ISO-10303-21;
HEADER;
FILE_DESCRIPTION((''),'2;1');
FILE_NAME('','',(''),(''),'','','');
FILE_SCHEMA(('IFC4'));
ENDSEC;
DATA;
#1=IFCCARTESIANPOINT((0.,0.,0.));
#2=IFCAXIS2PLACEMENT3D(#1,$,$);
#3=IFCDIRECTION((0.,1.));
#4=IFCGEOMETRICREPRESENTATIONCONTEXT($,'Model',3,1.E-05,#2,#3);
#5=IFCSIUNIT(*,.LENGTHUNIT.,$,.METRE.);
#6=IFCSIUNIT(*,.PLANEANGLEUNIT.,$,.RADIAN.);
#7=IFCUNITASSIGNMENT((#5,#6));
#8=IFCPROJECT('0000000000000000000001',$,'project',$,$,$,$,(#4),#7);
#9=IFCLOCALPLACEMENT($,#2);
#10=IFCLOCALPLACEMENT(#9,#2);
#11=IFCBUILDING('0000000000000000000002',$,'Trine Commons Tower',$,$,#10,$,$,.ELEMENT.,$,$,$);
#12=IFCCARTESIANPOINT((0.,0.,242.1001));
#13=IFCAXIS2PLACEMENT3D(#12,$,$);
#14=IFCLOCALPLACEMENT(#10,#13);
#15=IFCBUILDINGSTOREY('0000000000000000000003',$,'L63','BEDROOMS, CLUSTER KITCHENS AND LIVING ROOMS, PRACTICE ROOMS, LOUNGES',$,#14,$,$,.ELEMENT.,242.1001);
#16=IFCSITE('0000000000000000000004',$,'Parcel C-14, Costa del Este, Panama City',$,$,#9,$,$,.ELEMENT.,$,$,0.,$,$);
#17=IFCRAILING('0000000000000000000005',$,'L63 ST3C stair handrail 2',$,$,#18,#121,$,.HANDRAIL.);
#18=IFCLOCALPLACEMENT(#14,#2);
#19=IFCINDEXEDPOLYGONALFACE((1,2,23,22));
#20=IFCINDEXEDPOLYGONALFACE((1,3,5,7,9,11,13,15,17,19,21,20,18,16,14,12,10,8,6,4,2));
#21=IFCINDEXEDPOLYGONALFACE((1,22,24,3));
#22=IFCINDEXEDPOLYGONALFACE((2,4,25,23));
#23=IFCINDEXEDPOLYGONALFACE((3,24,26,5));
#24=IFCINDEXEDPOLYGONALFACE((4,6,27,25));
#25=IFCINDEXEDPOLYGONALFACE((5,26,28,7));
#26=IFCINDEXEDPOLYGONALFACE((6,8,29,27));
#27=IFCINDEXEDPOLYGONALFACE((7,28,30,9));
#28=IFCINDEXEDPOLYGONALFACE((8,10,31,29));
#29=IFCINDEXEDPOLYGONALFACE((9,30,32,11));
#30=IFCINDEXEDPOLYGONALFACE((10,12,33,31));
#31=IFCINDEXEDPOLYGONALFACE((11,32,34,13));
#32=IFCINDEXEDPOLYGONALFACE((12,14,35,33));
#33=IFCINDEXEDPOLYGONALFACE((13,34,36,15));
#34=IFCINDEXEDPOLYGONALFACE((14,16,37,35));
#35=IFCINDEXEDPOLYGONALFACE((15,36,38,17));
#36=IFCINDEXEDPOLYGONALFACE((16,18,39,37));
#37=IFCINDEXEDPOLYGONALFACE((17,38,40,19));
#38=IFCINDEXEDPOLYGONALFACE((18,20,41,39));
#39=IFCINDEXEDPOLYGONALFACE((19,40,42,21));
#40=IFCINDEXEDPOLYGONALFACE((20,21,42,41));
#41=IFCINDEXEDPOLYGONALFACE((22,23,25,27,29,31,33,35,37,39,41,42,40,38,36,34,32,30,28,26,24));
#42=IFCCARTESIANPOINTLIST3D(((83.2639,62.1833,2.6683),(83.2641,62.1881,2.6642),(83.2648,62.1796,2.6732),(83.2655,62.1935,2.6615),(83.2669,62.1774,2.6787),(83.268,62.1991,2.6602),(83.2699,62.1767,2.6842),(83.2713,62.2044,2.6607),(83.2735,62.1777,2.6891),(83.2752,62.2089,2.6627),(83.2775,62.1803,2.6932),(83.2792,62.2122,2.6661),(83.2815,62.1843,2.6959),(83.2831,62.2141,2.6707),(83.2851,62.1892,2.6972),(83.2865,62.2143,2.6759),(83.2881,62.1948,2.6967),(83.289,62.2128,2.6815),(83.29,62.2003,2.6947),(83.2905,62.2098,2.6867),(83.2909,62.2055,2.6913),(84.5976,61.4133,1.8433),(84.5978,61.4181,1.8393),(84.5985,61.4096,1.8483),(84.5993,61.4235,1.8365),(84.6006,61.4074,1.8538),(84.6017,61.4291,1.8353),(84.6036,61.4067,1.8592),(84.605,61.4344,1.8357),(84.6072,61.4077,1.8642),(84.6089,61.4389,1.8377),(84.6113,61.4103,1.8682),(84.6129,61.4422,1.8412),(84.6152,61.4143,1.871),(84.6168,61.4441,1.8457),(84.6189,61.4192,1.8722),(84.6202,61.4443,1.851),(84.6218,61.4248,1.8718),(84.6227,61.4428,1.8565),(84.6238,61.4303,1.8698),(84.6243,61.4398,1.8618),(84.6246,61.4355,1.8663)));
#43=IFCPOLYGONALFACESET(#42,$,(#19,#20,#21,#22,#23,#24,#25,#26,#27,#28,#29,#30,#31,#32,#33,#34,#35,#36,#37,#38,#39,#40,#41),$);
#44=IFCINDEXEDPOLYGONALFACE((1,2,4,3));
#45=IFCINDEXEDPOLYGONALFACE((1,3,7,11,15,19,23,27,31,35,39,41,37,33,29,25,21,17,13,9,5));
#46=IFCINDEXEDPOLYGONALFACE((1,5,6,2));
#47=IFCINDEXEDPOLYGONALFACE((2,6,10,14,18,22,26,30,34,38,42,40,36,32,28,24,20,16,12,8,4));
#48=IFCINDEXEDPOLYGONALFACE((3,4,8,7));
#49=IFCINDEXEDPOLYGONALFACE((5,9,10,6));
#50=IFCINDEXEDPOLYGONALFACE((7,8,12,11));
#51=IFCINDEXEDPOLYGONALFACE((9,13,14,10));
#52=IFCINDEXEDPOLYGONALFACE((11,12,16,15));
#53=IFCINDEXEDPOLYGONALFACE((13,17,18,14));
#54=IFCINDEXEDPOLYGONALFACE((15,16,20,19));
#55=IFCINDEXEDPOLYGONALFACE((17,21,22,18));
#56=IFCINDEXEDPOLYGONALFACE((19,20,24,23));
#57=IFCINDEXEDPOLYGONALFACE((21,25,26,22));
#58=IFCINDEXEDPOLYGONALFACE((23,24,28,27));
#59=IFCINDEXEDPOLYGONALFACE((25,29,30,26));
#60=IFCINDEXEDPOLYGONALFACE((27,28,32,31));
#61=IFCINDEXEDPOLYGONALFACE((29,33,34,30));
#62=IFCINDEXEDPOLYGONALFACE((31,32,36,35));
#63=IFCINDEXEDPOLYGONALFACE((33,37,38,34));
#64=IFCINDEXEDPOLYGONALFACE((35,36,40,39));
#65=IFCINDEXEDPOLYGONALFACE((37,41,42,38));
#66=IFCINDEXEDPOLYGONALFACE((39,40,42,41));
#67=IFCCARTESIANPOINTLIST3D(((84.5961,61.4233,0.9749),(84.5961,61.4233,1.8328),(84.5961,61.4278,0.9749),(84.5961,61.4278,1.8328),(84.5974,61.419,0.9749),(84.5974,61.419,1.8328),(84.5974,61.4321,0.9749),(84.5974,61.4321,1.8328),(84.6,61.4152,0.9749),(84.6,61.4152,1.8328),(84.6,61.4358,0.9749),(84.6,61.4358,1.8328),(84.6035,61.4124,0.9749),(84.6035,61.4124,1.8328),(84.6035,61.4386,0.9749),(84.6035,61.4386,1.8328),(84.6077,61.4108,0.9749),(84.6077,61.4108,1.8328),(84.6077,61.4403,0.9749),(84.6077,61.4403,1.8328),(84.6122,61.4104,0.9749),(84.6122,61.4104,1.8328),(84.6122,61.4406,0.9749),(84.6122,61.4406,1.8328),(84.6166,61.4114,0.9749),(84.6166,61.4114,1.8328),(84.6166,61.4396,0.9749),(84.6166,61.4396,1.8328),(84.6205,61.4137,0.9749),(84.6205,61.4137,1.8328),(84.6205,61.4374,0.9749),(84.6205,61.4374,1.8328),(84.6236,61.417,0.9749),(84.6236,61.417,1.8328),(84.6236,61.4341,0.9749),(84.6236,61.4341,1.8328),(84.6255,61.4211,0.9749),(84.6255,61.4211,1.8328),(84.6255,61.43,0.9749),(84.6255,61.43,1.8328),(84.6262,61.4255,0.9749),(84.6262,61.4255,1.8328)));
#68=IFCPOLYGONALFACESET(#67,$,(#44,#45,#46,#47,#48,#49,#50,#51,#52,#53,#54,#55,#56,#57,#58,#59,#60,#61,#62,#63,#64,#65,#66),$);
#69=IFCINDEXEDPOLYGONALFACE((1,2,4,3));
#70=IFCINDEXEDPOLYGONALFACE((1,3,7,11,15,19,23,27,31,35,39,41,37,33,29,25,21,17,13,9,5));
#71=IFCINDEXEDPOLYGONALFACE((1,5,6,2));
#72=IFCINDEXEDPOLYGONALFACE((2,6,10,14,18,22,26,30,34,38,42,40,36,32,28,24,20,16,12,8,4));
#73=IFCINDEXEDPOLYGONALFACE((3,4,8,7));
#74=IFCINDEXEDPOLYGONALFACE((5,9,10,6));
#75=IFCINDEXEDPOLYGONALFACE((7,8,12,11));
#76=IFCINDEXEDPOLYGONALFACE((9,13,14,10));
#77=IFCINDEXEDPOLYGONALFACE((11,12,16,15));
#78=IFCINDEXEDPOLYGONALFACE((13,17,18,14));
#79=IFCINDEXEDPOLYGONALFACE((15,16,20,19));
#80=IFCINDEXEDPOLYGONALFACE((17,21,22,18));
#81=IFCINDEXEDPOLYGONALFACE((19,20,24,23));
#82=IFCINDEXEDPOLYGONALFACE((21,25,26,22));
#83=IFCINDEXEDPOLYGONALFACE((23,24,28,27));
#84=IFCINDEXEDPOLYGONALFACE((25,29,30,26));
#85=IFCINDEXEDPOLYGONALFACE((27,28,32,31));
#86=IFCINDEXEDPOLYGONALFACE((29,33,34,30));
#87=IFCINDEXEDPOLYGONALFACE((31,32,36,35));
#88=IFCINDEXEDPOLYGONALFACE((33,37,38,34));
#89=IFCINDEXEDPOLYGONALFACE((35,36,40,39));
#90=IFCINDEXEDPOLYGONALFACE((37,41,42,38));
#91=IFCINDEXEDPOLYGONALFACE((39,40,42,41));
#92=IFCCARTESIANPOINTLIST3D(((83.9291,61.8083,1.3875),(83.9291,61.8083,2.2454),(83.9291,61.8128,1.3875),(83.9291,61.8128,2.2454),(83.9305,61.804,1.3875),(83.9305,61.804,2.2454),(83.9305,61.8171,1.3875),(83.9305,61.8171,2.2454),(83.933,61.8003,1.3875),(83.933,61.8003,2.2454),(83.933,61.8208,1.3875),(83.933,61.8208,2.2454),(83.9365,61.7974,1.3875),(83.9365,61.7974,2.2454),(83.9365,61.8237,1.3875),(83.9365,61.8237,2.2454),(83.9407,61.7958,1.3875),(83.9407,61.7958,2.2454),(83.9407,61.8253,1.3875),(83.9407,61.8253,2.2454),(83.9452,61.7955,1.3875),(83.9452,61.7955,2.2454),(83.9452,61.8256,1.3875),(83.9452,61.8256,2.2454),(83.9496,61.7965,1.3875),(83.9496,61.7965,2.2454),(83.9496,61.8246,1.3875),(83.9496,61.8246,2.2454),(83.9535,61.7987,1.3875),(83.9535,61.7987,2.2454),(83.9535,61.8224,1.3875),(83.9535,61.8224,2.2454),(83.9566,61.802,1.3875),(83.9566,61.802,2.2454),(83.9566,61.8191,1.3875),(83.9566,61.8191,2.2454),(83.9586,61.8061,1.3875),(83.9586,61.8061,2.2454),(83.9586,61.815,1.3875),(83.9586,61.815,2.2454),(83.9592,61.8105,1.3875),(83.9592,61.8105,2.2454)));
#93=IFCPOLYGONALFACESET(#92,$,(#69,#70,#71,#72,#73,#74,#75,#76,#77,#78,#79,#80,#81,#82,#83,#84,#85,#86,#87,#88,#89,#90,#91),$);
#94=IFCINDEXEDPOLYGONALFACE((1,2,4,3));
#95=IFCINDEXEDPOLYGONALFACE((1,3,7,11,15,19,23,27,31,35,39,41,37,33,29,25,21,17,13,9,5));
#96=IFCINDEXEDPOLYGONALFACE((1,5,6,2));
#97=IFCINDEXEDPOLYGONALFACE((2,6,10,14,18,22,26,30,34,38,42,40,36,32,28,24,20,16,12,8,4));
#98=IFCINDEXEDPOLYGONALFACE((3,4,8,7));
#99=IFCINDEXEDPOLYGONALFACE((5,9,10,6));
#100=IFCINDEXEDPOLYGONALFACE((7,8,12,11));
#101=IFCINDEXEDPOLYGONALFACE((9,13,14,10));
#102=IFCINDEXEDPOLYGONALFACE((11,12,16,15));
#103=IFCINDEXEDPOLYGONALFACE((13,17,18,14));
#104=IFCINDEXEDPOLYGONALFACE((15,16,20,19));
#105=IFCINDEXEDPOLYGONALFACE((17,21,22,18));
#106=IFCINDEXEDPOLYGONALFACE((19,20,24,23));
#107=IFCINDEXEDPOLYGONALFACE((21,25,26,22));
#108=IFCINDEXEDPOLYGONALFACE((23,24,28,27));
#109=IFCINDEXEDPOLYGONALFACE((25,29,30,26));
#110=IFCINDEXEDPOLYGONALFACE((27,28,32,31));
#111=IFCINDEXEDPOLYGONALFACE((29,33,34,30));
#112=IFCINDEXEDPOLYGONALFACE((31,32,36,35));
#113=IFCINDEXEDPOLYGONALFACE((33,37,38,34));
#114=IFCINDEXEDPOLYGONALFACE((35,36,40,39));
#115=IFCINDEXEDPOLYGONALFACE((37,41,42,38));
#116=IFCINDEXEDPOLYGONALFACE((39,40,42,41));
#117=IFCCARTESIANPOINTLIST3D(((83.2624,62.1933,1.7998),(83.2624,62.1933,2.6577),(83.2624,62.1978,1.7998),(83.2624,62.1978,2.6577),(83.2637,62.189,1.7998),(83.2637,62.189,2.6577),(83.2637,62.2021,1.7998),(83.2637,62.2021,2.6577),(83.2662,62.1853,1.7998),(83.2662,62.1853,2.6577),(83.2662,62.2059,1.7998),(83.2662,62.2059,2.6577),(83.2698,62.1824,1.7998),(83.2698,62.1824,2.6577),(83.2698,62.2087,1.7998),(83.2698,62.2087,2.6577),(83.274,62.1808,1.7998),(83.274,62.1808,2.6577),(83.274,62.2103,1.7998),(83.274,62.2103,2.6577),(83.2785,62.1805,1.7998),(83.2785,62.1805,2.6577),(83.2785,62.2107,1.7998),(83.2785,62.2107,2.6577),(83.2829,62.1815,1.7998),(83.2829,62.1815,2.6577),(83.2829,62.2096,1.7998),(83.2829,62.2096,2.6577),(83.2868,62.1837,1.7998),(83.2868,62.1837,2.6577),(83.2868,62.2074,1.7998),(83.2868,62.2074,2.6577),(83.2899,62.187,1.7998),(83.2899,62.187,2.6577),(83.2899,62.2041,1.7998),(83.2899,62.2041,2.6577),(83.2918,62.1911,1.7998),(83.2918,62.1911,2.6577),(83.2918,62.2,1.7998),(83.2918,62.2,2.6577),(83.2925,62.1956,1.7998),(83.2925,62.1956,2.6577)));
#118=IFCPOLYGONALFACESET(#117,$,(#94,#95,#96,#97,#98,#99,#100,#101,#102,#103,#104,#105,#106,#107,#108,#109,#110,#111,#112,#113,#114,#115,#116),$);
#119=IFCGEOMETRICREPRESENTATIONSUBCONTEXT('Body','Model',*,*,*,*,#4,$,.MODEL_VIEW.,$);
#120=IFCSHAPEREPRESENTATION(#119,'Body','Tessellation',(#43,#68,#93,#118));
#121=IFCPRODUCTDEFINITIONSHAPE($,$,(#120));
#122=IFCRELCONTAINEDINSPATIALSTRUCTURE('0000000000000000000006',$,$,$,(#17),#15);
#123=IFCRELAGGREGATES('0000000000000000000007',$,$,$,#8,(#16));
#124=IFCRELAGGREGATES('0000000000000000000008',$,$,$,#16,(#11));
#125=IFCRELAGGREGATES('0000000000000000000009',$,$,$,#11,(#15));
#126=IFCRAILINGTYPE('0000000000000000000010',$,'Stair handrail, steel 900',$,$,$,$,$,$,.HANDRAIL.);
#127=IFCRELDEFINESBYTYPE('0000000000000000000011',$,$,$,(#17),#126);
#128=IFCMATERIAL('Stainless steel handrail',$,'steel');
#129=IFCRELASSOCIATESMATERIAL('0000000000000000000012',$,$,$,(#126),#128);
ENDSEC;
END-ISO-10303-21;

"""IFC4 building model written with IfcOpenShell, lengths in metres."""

from ifc_helpers import new_model, si_unit, direction, frame, origin, origin_2d, place, context, subcontext, project, spatial, circle, extrude, material, type_object, element, save


model = new_model("IFC4")

# Units and contexts
model_context = context("Model", 3, precision=1e-05, world=origin(), true_north=direction((0.0, 1.0)))
body_context = subcontext(model_context, "Body", "Model", "MODEL_VIEW")
ifc_project = project(units=[si_unit("LENGTHUNIT", "METRE"), si_unit("PLANEANGLEUNIT", "RADIAN")], contexts=[model_context])

# Site, building, storey
site_placement = place(None, origin())
site = spatial("IfcSite", under=ifc_project, at=site_placement, Name="Parcel C-14, Costa del Este, Panama City", CompositionType="ELEMENT", RefElevation=0.0)
building_placement = place(site_placement, origin())
building = spatial("IfcBuilding", under=site, at=building_placement, Name="Trine Commons Tower", CompositionType="ELEMENT")
storey_placement = place(building_placement, frame((0.0, 0.0, 242.1001)))
storey = spatial("IfcBuildingStorey", under=building, at=storey_placement, Name="L63", Description="BEDROOMS, CLUSTER KITCHENS AND LIVING ROOMS, PRACTICE ROOMS, LOUNGES", CompositionType="ELEMENT", Elevation=242.1001)

# Railing
ifc_material_1 = material(Name="Stainless steel handrail", Category="steel")
railing_type = type_object("IfcRailingType", Name="Stair handrail, steel 900", PredefinedType="HANDRAIL", material=ifc_material_1)
railing_placement = place(storey_placement, frame((84.6111, 61.4255, 0.9749)))
element("IfcRailing", 1, at=railing_placement, inside=storey, type_object=railing_type, Name="L63 ST3C stair handrail 2", PredefinedType="HANDRAIL", context=body_context, shape_type="SweptSolid", body=[
    extrude(circle(Radius=0.021, at=origin_2d()), frame((0.0, 0.0, 0.8789), z_axis=(-0.763405, 0.440743, 0.472185), x_axis=(-0.499992, -0.86603, 0.0)), (0.0, 0.0, 1.0), 1.7471),
    extrude(circle(Radius=0.0151, at=origin_2d()), origin(), (0.0, 0.0, 1.0), 0.8579),
    extrude(circle(Radius=0.0151, at=origin_2d()), frame((-0.667, 0.385, 0.4126)), (0.0, 0.0, 1.0), 0.8579),
    extrude(circle(Radius=0.0151, at=origin_2d()), frame((-1.3337, 0.77, 0.825)), (0.0, 0.0, 1.0), 0.8579),
])

save(model, "model.ifc")
